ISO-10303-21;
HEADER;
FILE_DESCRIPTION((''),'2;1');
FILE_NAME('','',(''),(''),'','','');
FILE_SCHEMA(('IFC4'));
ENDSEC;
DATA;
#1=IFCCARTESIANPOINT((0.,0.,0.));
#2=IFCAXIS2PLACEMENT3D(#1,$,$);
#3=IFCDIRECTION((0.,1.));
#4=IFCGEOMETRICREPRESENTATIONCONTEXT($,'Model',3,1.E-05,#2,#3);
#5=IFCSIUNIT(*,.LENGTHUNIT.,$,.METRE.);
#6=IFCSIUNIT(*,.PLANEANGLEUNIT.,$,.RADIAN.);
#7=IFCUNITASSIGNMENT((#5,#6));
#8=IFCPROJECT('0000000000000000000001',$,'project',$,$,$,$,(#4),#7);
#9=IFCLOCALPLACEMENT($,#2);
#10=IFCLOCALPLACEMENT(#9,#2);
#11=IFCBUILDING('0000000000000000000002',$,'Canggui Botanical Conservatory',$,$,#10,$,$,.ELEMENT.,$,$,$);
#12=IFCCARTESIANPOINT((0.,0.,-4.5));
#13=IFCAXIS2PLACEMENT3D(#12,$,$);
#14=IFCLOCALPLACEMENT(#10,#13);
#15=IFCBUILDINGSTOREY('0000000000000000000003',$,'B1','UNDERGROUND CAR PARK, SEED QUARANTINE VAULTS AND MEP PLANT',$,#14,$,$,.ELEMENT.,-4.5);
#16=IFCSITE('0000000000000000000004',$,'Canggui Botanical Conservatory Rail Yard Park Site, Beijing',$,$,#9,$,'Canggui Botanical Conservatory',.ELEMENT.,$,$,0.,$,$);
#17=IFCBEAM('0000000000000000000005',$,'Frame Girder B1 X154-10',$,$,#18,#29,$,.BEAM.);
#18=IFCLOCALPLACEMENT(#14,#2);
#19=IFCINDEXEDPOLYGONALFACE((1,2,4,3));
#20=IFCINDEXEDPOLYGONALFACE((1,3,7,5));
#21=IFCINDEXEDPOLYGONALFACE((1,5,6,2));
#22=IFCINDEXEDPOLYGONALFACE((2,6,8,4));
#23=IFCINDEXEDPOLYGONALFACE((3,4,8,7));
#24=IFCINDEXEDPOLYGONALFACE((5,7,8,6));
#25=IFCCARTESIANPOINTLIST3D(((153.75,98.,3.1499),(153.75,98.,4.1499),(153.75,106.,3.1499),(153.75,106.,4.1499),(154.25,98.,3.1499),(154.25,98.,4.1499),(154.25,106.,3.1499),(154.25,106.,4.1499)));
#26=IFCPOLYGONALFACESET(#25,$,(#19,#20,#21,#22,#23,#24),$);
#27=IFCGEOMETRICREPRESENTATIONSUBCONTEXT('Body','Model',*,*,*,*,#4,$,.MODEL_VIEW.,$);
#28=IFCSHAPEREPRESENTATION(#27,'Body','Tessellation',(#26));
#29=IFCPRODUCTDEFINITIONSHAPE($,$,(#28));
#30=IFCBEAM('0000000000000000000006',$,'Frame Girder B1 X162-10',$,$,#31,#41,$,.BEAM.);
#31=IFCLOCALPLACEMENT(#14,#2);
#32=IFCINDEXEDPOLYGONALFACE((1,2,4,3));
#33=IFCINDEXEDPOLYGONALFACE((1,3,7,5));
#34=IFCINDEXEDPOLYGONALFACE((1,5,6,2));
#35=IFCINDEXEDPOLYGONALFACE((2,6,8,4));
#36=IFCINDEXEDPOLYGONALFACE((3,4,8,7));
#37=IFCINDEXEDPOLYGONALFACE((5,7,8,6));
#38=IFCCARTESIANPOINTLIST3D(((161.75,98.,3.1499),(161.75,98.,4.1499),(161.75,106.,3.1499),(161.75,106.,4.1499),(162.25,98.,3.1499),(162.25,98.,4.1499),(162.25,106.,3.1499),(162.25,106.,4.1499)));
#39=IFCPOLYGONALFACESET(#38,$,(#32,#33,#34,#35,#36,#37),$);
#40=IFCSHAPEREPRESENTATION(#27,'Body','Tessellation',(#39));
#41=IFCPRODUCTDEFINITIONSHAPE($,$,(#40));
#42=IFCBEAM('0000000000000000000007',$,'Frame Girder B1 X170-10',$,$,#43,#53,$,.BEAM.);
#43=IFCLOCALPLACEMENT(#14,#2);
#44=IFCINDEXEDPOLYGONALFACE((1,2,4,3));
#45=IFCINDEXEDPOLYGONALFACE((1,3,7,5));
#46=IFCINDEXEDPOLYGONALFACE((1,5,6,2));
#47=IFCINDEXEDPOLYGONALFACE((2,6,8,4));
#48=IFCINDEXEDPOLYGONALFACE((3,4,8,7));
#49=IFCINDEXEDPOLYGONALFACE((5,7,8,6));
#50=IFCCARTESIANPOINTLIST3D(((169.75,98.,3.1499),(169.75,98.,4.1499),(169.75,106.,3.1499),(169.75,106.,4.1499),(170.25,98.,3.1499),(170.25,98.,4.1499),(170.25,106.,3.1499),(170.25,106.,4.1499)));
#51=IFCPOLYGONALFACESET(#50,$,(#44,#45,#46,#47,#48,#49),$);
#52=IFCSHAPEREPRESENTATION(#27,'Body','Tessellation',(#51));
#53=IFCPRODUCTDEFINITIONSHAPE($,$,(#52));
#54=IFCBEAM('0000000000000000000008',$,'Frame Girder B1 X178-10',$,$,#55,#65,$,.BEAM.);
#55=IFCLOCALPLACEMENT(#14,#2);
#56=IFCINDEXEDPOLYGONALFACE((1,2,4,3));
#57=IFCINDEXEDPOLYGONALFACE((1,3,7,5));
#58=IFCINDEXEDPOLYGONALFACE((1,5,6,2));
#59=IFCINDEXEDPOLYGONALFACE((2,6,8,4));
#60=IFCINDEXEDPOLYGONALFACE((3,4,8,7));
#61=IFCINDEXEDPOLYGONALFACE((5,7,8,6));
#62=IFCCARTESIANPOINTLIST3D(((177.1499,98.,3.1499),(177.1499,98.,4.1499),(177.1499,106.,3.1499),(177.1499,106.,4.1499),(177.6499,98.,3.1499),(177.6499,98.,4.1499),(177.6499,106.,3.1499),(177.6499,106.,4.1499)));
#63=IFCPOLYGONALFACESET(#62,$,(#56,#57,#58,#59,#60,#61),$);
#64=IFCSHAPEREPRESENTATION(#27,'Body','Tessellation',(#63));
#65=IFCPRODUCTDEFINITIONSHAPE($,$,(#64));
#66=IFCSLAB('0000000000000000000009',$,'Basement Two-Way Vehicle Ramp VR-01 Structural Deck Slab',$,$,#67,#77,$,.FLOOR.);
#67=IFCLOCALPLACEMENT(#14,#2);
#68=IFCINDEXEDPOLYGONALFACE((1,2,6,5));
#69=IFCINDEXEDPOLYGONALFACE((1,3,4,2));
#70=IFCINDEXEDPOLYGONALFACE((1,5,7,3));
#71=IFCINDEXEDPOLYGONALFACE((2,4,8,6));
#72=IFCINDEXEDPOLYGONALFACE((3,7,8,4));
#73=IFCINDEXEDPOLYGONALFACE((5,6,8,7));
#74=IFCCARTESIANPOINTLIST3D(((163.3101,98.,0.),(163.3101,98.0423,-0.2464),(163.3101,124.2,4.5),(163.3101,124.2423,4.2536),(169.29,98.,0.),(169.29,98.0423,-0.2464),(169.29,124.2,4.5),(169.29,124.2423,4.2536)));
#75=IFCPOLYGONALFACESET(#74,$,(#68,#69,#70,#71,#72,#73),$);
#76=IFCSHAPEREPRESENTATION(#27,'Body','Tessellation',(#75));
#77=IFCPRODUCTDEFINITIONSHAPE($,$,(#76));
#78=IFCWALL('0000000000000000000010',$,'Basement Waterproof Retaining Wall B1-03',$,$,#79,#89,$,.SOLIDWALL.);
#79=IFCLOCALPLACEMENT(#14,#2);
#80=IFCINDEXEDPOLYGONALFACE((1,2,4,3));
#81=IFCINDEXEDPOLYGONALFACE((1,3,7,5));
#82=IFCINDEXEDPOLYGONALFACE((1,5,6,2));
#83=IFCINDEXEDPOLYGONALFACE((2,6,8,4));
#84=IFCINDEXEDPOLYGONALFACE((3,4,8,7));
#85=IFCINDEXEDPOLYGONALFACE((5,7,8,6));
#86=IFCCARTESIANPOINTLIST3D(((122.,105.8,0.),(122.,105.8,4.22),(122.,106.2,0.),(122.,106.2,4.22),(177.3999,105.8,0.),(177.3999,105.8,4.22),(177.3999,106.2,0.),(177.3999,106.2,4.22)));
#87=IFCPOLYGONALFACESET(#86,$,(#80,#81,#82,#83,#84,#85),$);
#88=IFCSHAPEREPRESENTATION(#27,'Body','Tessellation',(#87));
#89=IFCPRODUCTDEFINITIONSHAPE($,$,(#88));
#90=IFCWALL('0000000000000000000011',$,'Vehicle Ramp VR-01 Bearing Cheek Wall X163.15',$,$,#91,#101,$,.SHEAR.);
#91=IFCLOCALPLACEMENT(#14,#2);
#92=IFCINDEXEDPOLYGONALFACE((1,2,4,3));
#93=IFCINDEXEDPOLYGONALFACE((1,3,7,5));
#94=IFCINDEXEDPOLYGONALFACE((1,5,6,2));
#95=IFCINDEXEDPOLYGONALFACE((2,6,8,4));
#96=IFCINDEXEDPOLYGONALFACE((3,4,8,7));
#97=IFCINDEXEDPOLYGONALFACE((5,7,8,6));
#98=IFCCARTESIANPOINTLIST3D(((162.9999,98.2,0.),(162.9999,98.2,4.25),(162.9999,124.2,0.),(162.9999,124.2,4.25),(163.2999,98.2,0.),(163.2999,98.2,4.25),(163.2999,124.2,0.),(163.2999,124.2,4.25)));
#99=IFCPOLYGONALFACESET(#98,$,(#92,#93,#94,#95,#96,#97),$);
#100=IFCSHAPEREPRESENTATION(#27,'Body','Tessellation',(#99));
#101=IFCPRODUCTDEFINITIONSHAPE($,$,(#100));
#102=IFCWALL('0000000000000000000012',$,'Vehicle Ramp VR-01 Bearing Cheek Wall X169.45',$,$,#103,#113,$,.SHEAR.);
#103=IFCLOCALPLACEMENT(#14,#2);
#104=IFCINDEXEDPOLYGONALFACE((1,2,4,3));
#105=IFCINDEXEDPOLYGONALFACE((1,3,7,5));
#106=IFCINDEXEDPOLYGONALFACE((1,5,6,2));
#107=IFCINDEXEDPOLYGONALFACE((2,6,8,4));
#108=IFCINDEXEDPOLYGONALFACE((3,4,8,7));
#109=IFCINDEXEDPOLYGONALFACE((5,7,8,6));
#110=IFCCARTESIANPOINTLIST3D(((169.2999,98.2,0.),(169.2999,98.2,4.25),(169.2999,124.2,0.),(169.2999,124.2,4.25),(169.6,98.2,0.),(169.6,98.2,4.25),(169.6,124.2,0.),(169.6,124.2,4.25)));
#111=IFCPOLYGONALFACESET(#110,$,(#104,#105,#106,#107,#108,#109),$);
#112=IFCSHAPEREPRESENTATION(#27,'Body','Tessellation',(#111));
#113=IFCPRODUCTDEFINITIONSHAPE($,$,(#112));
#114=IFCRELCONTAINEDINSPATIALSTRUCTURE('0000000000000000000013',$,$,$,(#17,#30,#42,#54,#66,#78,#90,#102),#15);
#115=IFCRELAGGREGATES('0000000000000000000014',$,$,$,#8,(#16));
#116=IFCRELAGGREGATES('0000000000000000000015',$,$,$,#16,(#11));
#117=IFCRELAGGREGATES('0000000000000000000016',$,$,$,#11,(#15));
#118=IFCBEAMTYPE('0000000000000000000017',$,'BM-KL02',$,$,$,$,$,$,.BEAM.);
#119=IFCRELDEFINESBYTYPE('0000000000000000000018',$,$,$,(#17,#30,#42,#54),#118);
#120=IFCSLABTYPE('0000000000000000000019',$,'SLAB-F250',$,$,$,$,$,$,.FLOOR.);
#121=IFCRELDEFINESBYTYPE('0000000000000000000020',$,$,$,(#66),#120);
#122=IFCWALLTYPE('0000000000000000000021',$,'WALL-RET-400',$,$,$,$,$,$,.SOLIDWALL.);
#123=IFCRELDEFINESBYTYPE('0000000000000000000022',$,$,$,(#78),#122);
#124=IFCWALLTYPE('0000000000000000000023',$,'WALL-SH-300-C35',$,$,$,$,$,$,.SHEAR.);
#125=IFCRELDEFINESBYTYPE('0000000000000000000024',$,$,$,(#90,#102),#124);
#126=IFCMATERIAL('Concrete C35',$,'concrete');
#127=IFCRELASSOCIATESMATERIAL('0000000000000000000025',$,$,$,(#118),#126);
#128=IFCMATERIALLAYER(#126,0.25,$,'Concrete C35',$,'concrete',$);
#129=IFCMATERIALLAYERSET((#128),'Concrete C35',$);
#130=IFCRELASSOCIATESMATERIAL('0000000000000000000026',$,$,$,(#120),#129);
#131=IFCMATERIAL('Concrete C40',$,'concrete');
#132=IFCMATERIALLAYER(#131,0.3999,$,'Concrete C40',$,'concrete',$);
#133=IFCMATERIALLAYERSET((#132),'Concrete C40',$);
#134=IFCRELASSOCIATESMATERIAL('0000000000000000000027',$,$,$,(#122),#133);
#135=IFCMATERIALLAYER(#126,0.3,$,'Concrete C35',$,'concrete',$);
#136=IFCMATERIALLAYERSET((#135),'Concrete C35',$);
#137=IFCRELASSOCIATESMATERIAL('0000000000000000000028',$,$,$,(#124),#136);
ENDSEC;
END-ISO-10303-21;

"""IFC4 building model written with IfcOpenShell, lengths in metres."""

from ifc_helpers import new_model, si_unit, direction, frame, frame_2d, origin, origin_2d, place, context, subcontext, project, spatial, polyline, rectangle, outline, extrude, material, layer, layer_set, material_profile, profile_set, type_object, element, save


model = new_model("IFC4")

# Units and contexts
model_context = context("Model", 3, precision=1e-05, world=origin(), true_north=direction((0.0, 1.0)))
body_context = subcontext(model_context, "Body", "Model", "MODEL_VIEW")
ifc_project = project(units=[si_unit("LENGTHUNIT", "METRE"), si_unit("PLANEANGLEUNIT", "RADIAN")], contexts=[model_context])

# Site, building, storey
site_placement = place(None, origin())
site = spatial("IfcSite", under=ifc_project, at=site_placement, Name="Canggui Botanical Conservatory Rail Yard Park Site, Beijing", LongName="Canggui Botanical Conservatory", CompositionType="ELEMENT", RefElevation=0.0)
building_placement = place(site_placement, origin())
building = spatial("IfcBuilding", under=site, at=building_placement, Name="Canggui Botanical Conservatory", CompositionType="ELEMENT")
storey_placement = place(building_placement, frame((0.0, 0.0, -4.5)))
storey = spatial("IfcBuildingStorey", under=building, at=storey_placement, Name="B1", Description="UNDERGROUND CAR PARK, SEED QUARANTINE VAULTS AND MEP PLANT", CompositionType="ELEMENT", Elevation=-4.5)

# Shared definitions
ifc_material_1 = material(Name="Concrete C35", Category="concrete")

# Beams
ifc_material_profile_1 = material_profile(ifc_material_1, rectangle(XDim=0.5, YDim=1.0, at=origin_2d()), Name="RB 500x1000")
ifc_profile_set_1 = profile_set([ifc_material_profile_1], Name="Concrete C35")
beam_type_1 = type_object("IfcBeamType", Name="BM-KL02", PredefinedType="BEAM", material=ifc_profile_set_1)
for number, where, z_axis, x_axis, name in (
    (1, (154.0, 98.0, 3.6499), (0.0, 1.0, 0.0), (-1.0, 0.0, 0.0), "Frame Girder B1 X154-10"),
    (2, (162.0, 98.0, 3.6499), (0.0, 1.0, 0.0), (-1.0, 0.0, 0.0), "Frame Girder B1 X162-10"),
    (3, (170.0, 98.0, 3.6499), (0.0, 1.0, 0.0), (-1.0, 0.0, 0.0), "Frame Girder B1 X170-10"),
    (4, (177.3999, 98.0, 3.6499), (0.0, 1.0, 0.0), (-1.0, 0.0, 0.0), "Frame Girder B1 X178-10"),
):
    element("IfcBeam", number, at=place(storey_placement, frame(where, z_axis=z_axis, x_axis=x_axis)), inside=storey, type_object=beam_type_1, Name=name, PredefinedType="BEAM", context=body_context, shape_type="SweptSolid", body=[
        extrude(rectangle(XDim=0.5, YDim=1.0, at=origin_2d()), origin(), (0.0, 0.0, 1.0), 8.0),
    ])

# Slab
ifc_layer_1 = layer(ifc_material_1, 0.25, Name="Concrete C35", Category="concrete")
ifc_layer_set_1 = layer_set([ifc_layer_1], Name="Concrete C35")
slab_type = type_object("IfcSlabType", Name="SLAB-F250", PredefinedType="FLOOR", material=ifc_layer_set_1)
slab_placement = place(storey_placement, frame((163.3101, 98.0, 0.0), z_axis=(0.0, -0.169277, 0.985568), x_axis=(1.0, 0.0, 0.0)))
element("IfcSlab", 5, at=slab_placement, inside=storey, type_object=slab_type, Name="Basement Two-Way Vehicle Ramp VR-01 Structural Deck Slab", PredefinedType="FLOOR", context=body_context, shape_type="SweptSolid", body=[
    extrude(outline(polyline([(0.0, 0.0), (5.98, 0.0), (5.98, 26.5836), (0.0, 26.5836), (0.0, 0.0)])), origin(), (0.0, 0.0, -1.0), 0.25),
])

# Walls
ifc_material_2 = material(Name="Concrete C40", Category="concrete")
ifc_layer_2 = layer(ifc_material_2, 0.3999, Name="Concrete C40", Category="concrete")
ifc_layer_set_2 = layer_set([ifc_layer_2], Name="Concrete C40")
wall_type_1 = type_object("IfcWallType", Name="WALL-RET-400", PredefinedType="SOLIDWALL", material=ifc_layer_set_2)
wall_placement = place(storey_placement, frame((177.3999, 106.0, 0.0), z_axis=(0.0, 0.0, 1.0), x_axis=(-1.0, 0.0, 0.0)))
element("IfcWall", 6, at=wall_placement, inside=storey, type_object=wall_type_1, Name="Basement Waterproof Retaining Wall B1-03", PredefinedType="SOLIDWALL", context=body_context, shape_type="SweptSolid", body=[
    extrude(rectangle(XDim=55.3999, YDim=0.3999, at=frame_2d((27.7, 0.0))), origin(), (0.0, 0.0, 1.0), 4.22),
])
ifc_layer_3 = layer(ifc_material_1, 0.3, Name="Concrete C35", Category="concrete")
ifc_layer_set_3 = layer_set([ifc_layer_3], Name="Concrete C35")
wall_type_2 = type_object("IfcWallType", Name="WALL-SH-300-C35", PredefinedType="SHEAR", material=ifc_layer_set_3)
for number, where, z_axis, x_axis, name in (
    (7, (163.1499, 98.2, 0.0), (0.0, 0.0, 1.0), (0.0, 1.0, 0.0), "Vehicle Ramp VR-01 Bearing Cheek Wall X163.15"),
    (8, (169.45, 98.2, 0.0), (0.0, 0.0, 1.0), (0.0, 1.0, 0.0), "Vehicle Ramp VR-01 Bearing Cheek Wall X169.45"),
):
    element("IfcWall", number, at=place(storey_placement, frame(where, z_axis=z_axis, x_axis=x_axis)), inside=storey, type_object=wall_type_2, Name=name, PredefinedType="SHEAR", context=body_context, shape_type="SweptSolid", body=[
        extrude(rectangle(XDim=26.0, YDim=0.3, at=frame_2d((13.0, 0.0))), origin(), (0.0, 0.0, 1.0), 4.25),
    ])

save(model, "model.ifc")
